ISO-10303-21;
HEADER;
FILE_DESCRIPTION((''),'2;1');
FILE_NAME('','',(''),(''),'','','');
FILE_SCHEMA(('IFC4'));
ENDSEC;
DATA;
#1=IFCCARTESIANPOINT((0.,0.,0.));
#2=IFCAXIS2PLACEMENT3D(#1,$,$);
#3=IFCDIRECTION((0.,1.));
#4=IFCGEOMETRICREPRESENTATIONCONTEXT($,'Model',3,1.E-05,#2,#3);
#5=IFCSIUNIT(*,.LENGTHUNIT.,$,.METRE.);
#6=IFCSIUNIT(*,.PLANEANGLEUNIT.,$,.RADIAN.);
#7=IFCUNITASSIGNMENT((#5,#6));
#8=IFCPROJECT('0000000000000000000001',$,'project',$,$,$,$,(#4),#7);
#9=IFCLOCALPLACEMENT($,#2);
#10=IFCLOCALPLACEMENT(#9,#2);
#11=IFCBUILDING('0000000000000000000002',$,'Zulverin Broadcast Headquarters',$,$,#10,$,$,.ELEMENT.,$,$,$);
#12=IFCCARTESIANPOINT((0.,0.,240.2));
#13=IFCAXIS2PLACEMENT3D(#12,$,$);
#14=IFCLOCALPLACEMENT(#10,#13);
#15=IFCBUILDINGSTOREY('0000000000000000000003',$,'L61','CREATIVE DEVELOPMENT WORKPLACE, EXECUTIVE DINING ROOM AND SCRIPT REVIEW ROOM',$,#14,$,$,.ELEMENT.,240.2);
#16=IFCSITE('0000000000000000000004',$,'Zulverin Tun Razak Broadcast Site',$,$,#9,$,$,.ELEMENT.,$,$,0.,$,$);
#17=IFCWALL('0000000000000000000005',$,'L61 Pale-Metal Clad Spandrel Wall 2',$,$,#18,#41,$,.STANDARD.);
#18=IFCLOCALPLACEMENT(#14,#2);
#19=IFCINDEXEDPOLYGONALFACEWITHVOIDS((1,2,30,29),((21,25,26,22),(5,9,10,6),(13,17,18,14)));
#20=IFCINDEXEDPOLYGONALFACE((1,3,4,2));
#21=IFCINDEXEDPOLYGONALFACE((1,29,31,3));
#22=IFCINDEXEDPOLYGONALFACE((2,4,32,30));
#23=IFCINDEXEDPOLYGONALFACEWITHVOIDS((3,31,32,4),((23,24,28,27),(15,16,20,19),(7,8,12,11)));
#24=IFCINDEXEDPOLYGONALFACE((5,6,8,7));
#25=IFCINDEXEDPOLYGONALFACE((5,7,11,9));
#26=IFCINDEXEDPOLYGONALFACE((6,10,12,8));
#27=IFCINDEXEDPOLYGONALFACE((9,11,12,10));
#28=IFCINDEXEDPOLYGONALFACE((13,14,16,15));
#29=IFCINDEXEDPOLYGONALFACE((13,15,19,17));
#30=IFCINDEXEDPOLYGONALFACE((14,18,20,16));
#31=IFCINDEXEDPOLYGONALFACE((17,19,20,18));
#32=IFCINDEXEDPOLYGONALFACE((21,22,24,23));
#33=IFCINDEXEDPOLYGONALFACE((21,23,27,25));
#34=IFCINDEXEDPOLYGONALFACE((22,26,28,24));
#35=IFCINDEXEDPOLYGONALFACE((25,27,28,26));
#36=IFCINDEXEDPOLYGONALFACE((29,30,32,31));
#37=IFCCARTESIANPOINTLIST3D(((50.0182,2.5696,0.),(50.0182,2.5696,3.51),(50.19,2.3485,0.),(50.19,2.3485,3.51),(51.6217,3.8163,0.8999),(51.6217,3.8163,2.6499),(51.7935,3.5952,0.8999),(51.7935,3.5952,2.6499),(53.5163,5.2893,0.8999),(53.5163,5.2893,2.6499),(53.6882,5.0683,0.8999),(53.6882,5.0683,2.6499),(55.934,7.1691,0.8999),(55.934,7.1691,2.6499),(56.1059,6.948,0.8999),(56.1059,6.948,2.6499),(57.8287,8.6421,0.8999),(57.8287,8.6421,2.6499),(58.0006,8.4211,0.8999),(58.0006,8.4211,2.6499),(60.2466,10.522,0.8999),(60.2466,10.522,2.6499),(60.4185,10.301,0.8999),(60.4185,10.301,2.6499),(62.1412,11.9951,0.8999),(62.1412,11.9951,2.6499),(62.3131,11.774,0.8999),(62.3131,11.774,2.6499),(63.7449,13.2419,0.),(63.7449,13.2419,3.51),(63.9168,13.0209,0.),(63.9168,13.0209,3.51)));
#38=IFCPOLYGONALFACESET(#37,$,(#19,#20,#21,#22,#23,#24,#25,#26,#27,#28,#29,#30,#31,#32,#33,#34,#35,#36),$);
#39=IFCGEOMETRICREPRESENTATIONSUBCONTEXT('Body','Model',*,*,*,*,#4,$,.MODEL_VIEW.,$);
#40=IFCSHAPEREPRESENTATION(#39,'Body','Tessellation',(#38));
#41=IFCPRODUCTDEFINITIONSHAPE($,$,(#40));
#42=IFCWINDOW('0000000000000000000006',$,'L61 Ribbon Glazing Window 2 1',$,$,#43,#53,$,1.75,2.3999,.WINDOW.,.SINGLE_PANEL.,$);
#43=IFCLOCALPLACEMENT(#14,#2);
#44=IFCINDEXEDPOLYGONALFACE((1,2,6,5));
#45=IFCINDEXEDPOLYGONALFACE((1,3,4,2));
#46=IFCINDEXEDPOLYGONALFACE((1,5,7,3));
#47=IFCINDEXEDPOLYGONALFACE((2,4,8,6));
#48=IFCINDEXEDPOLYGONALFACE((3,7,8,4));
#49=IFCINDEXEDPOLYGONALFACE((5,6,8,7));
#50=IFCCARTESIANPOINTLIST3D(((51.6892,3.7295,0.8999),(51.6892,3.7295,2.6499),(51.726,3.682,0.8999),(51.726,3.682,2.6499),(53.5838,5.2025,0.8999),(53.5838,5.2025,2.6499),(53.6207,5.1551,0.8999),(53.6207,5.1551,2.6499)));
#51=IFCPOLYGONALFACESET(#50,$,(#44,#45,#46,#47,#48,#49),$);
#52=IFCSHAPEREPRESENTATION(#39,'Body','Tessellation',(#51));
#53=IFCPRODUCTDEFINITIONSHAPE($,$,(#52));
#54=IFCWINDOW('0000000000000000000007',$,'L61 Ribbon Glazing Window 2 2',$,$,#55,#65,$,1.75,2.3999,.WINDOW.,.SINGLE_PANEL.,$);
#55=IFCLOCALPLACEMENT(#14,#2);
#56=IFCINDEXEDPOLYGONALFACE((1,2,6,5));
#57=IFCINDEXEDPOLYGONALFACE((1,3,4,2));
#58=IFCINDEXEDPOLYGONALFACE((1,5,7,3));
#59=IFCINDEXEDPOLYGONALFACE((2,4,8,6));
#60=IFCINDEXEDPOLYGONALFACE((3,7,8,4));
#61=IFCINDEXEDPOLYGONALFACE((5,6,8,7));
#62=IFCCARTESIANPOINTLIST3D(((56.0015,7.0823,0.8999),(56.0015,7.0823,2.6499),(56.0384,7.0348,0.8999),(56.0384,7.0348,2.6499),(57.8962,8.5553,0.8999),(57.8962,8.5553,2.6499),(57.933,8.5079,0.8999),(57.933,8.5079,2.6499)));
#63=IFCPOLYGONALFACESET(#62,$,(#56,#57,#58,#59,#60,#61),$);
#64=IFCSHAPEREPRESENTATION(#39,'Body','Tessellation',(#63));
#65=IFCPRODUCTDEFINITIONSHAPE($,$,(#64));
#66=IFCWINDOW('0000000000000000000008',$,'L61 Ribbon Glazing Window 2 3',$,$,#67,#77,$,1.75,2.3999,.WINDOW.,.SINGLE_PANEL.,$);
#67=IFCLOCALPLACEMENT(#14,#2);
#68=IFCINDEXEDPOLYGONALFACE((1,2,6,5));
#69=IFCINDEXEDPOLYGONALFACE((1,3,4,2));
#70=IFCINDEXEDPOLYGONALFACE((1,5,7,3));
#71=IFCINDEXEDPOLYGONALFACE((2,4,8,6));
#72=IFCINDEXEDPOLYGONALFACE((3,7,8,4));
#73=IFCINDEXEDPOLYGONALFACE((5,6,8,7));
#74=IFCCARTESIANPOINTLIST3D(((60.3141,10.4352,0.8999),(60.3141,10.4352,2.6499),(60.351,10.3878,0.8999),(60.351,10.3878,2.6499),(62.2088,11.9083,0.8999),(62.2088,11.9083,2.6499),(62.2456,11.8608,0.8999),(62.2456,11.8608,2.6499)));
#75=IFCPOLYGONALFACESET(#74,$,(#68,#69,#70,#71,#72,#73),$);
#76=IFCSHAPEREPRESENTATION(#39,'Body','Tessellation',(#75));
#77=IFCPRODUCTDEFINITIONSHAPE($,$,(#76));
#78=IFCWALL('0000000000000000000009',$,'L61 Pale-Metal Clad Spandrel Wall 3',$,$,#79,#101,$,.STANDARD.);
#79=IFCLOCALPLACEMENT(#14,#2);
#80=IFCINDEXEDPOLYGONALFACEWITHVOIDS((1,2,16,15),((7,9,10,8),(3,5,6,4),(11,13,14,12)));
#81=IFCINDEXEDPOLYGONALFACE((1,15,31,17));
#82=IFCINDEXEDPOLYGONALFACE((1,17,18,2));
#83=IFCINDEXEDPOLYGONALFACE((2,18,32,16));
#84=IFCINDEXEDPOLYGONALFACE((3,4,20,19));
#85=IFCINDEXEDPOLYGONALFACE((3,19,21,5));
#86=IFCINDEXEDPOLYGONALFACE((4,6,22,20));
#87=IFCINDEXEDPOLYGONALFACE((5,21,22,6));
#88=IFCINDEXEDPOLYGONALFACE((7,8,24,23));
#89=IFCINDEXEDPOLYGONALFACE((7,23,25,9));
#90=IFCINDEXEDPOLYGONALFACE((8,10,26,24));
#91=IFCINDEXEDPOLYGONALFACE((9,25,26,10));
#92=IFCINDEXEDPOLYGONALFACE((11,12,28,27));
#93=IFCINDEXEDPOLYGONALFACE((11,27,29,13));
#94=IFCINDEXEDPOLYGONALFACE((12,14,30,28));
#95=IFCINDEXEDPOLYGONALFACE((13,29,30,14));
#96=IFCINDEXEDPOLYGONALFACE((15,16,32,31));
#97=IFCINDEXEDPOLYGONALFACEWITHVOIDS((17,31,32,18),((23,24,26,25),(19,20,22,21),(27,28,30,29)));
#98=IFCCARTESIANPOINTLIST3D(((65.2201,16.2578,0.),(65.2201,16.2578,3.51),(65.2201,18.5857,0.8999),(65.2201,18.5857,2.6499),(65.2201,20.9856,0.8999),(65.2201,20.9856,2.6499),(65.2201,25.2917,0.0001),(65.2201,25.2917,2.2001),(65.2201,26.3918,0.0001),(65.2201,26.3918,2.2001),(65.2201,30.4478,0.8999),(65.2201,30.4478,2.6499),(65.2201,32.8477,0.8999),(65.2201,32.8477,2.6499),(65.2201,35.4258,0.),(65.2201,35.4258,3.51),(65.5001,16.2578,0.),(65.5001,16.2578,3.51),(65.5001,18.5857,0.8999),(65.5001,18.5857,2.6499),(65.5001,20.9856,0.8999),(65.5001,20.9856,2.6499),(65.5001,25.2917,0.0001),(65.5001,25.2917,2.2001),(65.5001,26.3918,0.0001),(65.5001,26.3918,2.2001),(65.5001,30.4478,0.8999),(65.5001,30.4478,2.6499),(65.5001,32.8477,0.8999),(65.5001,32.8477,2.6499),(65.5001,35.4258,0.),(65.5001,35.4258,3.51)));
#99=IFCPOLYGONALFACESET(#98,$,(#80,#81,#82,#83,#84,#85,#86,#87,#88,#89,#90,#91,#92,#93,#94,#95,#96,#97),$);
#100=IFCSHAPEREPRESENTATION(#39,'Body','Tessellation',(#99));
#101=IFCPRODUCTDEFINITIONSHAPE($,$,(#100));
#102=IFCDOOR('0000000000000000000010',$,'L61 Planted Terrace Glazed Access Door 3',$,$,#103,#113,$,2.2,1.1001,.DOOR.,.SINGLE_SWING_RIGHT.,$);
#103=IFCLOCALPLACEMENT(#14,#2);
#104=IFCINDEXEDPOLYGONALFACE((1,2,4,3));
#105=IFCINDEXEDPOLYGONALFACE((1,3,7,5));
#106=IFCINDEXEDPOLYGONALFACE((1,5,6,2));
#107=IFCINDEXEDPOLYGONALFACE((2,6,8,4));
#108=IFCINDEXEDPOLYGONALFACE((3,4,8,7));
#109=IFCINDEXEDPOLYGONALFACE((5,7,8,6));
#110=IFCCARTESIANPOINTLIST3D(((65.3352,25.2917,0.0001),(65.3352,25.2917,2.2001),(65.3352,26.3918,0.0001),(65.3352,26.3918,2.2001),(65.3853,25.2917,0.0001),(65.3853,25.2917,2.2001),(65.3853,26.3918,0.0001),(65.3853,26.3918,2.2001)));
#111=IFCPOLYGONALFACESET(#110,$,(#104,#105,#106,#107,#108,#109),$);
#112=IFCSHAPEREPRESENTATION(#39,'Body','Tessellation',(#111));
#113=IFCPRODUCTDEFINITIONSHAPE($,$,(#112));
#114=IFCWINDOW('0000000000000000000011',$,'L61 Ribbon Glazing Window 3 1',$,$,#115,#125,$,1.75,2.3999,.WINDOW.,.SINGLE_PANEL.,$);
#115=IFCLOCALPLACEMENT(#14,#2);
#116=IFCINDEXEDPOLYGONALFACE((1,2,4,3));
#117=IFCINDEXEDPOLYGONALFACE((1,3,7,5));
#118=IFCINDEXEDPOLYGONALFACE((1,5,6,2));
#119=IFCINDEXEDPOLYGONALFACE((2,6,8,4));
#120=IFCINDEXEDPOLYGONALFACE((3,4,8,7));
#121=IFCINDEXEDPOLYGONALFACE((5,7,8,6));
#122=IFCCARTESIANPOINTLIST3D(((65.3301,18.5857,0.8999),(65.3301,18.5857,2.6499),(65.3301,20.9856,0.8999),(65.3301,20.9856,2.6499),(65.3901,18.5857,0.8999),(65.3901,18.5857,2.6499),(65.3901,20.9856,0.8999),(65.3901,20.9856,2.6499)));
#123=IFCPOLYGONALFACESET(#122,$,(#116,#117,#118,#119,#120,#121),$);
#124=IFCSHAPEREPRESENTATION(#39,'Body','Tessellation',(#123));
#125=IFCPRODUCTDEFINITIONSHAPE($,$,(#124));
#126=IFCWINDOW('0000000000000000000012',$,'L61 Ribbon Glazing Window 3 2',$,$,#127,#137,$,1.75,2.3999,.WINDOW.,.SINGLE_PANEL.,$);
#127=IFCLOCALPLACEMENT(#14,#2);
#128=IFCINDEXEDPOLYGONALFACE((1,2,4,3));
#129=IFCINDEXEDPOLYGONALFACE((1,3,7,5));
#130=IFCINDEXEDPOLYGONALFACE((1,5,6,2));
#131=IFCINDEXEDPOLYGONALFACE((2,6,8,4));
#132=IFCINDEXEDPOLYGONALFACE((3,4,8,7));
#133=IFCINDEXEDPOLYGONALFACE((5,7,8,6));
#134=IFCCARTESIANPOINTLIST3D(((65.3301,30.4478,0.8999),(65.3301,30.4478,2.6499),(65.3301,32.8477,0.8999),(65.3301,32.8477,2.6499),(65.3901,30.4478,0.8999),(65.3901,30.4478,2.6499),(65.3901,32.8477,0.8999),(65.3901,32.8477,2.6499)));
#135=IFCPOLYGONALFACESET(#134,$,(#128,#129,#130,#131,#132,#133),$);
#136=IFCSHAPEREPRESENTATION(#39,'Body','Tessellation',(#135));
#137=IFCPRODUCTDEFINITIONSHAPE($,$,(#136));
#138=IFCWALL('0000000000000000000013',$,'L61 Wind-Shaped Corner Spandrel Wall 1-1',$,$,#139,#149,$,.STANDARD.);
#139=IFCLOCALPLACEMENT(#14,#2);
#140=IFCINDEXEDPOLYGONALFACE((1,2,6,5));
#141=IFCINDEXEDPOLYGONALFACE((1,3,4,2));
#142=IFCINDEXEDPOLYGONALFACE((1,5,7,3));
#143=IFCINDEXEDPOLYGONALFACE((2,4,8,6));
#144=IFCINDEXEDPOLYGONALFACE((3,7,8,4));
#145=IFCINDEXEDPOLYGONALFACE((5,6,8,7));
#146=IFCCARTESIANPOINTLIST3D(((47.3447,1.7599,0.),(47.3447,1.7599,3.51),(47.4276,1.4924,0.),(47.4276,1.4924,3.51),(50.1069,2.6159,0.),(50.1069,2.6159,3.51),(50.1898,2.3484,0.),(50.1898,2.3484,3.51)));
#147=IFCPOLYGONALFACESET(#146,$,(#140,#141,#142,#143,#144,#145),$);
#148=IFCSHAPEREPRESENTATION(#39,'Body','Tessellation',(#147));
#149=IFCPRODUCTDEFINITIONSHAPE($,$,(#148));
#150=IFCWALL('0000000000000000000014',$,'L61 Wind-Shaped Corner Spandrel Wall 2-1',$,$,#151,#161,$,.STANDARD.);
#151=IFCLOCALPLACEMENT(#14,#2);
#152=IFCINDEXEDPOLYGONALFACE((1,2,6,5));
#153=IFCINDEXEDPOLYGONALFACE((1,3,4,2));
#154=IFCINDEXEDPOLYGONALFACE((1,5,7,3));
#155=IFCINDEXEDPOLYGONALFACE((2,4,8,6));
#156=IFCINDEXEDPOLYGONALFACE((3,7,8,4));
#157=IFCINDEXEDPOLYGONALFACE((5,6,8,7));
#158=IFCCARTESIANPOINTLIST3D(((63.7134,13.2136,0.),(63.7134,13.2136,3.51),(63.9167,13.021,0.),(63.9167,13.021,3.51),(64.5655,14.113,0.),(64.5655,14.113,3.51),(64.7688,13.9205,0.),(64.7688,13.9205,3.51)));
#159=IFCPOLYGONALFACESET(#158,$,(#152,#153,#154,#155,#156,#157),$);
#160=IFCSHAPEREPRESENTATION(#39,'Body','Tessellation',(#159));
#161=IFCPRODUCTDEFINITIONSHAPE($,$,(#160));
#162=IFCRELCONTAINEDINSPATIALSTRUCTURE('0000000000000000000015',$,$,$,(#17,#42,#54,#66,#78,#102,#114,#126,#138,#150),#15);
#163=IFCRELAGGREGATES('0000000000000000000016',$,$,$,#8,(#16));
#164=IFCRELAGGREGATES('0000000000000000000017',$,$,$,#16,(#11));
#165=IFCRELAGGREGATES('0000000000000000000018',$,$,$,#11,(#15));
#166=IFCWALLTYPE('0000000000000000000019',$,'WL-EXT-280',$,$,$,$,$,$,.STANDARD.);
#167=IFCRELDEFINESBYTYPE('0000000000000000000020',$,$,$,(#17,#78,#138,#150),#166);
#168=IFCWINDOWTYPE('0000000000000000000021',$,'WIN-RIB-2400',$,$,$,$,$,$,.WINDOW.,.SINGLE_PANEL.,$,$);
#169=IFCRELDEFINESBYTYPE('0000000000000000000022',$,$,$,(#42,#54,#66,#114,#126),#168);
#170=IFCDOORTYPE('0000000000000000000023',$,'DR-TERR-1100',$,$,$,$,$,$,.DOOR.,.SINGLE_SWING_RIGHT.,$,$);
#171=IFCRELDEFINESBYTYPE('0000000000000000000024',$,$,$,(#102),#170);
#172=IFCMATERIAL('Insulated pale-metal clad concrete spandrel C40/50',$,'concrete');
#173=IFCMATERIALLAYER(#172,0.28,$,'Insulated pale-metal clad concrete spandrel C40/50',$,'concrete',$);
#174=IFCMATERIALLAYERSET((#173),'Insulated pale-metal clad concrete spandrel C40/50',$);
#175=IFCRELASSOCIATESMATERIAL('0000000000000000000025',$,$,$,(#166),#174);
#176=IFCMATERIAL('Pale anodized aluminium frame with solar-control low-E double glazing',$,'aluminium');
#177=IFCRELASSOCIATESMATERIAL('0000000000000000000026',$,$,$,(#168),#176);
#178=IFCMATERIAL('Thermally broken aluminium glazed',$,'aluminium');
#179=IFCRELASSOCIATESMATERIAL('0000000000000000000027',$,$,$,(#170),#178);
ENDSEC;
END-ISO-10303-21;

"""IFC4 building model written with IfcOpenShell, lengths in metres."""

from ifc_helpers import new_model, si_unit, direction, frame, frame_2d, origin, place, context, subcontext, project, spatial, rectangle, extrude, material, layer, layer_set, type_object, element, fill, save


model = new_model("IFC4")

# Units and contexts
model_context = context("Model", 3, precision=1e-05, world=origin(), true_north=direction((0.0, 1.0)))
body_context = subcontext(model_context, "Body", "Model", "MODEL_VIEW")
ifc_project = project(units=[si_unit("LENGTHUNIT", "METRE"), si_unit("PLANEANGLEUNIT", "RADIAN")], contexts=[model_context])

# Site, building, storey
site_placement = place(None, origin())
site = spatial("IfcSite", under=ifc_project, at=site_placement, Name="Zulverin Tun Razak Broadcast Site", CompositionType="ELEMENT", RefElevation=0.0)
building_placement = place(site_placement, origin())
building = spatial("IfcBuilding", under=site, at=building_placement, Name="Zulverin Broadcast Headquarters", CompositionType="ELEMENT")
storey_placement = place(building_placement, frame((0.0, 0.0, 240.2)))
storey = spatial("IfcBuildingStorey", under=building, at=storey_placement, Name="L61", Description="CREATIVE DEVELOPMENT WORKPLACE, EXECUTIVE DINING ROOM AND SCRIPT REVIEW ROOM", CompositionType="ELEMENT", Elevation=240.2)

# Wall, openings, windows
ifc_material_1 = material(Name="Insulated pale-metal clad concrete spandrel C40/50", Category="concrete")
ifc_layer_1 = layer(ifc_material_1, 0.28, Name="Insulated pale-metal clad concrete spandrel C40/50", Category="concrete")
ifc_layer_set_1 = layer_set([ifc_layer_1], Name="Insulated pale-metal clad concrete spandrel C40/50")
wall_type_1 = type_object("IfcWallType", Name="WL-EXT-280", PredefinedType="STANDARD", material=ifc_layer_set_1)
wall_1_placement = place(storey_placement, frame((50.104, 2.459, 0.0), z_axis=(0.0, 0.0, 1.0), x_axis=(0.789465, 0.613796, 0.0)))
wall_1 = element("IfcWall", 1, at=wall_1_placement, inside=storey, type_object=wall_type_1, Name="L61 Pale-Metal Clad Spandrel Wall 2", PredefinedType="STANDARD", context=body_context, shape_type="SweptSolid", body=[
    extrude(rectangle(XDim=17.3875, YDim=0.28, at=frame_2d((8.6938, 0.0))), origin(), (0.0, 0.0, 1.0), 3.51),
])
opening_1_placement = place(wall_1_placement, frame((2.0312, 0.0, 0.8999)))
opening_1 = element("IfcOpeningElement", 2, at=opening_1_placement, cuts=wall_1, PredefinedType="OPENING", context=body_context, shape_type="SweptSolid", body=[
    extrude(rectangle(XDim=2.3999, YDim=1.75, at=frame_2d((1.2, 0.875))), frame((0.0, 0.1499, 0.0), z_axis=(0.0, -1.0, 0.0), x_axis=(1.0, 0.0, 0.0)), (0.0, 0.0, 1.0), 0.3),
])
opening_2_placement = place(wall_1_placement, frame((7.4937, 0.0, 0.8999)))
opening_2 = element("IfcOpeningElement", 3, at=opening_2_placement, cuts=wall_1, PredefinedType="OPENING", context=body_context, shape_type="SweptSolid", body=[
    extrude(rectangle(XDim=2.3999, YDim=1.75, at=frame_2d((1.2, 0.875))), frame((0.0, 0.1499, 0.0), z_axis=(0.0, -1.0, 0.0), x_axis=(1.0, 0.0, 0.0)), (0.0, 0.0, 1.0), 0.3),
])
opening_3_placement = place(wall_1_placement, frame((12.9563, 0.0, 0.8999)))
opening_3 = element("IfcOpeningElement", 4, at=opening_3_placement, cuts=wall_1, PredefinedType="OPENING", context=body_context, shape_type="SweptSolid", body=[
    extrude(rectangle(XDim=2.3999, YDim=1.75, at=frame_2d((1.2, 0.875))), frame((0.0, 0.1499, 0.0), z_axis=(0.0, -1.0, 0.0), x_axis=(1.0, 0.0, 0.0)), (0.0, 0.0, 1.0), 0.3),
])
ifc_material_2 = material(Name="Pale anodized aluminium frame with solar-control low-E double glazing", Category="aluminium")
window_type = type_object("IfcWindowType", Name="WIN-RIB-2400", PartitioningType="SINGLE_PANEL", PredefinedType="WINDOW", material=ifc_material_2)
window_1_placement = place(opening_1_placement, origin())
window_1 = element("IfcWindow", 5, at=window_1_placement, inside=storey, type_object=window_type, Name="L61 Ribbon Glazing Window 2 1", OverallHeight=1.75, OverallWidth=2.3999, PartitioningType="SINGLE_PANEL", PredefinedType="WINDOW", context=body_context, shape_type="SweptSolid", body=[
    extrude(rectangle(XDim=2.3999, YDim=1.75, at=frame_2d((1.2, 0.875))), frame((0.0, 0.03, 0.0), z_axis=(0.0, -1.0, 0.0), x_axis=(1.0, 0.0, 0.0)), (0.0, 0.0, 1.0), 0.0601),
])
fill(opening_1, window_1)
window_2_placement = place(opening_2_placement, origin())
window_2 = element("IfcWindow", 6, at=window_2_placement, inside=storey, type_object=window_type, Name="L61 Ribbon Glazing Window 2 2", OverallHeight=1.75, OverallWidth=2.3999, PartitioningType="SINGLE_PANEL", PredefinedType="WINDOW", context=body_context, shape_type="SweptSolid", body=[
    extrude(rectangle(XDim=2.3999, YDim=1.75, at=frame_2d((1.2, 0.875))), frame((0.0, 0.03, 0.0), z_axis=(0.0, -1.0, 0.0), x_axis=(1.0, 0.0, 0.0)), (0.0, 0.0, 1.0), 0.0601),
])
fill(opening_2, window_2)
window_3_placement = place(opening_3_placement, origin())
window_3 = element("IfcWindow", 7, at=window_3_placement, inside=storey, type_object=window_type, Name="L61 Ribbon Glazing Window 2 3", OverallHeight=1.75, OverallWidth=2.3999, PartitioningType="SINGLE_PANEL", PredefinedType="WINDOW", context=body_context, shape_type="SweptSolid", body=[
    extrude(rectangle(XDim=2.3999, YDim=1.75, at=frame_2d((1.2, 0.875))), frame((0.0, 0.03, 0.0), z_axis=(0.0, -1.0, 0.0), x_axis=(1.0, 0.0, 0.0)), (0.0, 0.0, 1.0), 0.0601),
])
fill(opening_3, window_3)

# Wall, openings, door, windows
wall_2_placement = place(storey_placement, frame((65.3601, 16.2578, 0.0), z_axis=(0.0, 0.0, 1.0), x_axis=(0.0, 1.0, 0.0)))
wall_2 = element("IfcWall", 8, at=wall_2_placement, inside=storey, type_object=wall_type_1, Name="L61 Pale-Metal Clad Spandrel Wall 3", PredefinedType="STANDARD", context=body_context, shape_type="SweptSolid", body=[
    extrude(rectangle(XDim=19.168, YDim=0.28, at=frame_2d((9.584, 0.0))), origin(), (0.0, 0.0, 1.0), 3.51),
])
opening_4_placement = place(wall_2_placement, frame((9.0339, 0.0, 0.0)))
opening_4 = element("IfcOpeningElement", 9, at=opening_4_placement, cuts=wall_2, PredefinedType="OPENING", context=body_context, shape_type="SweptSolid", body=[
    extrude(rectangle(XDim=1.1001, YDim=2.2, at=frame_2d((0.55, 1.1001))), frame((0.0, 0.1499, 0.0), z_axis=(0.0, -1.0, 0.0), x_axis=(1.0, 0.0, 0.0)), (0.0, 0.0, 1.0), 0.3),
])
opening_5_placement = place(wall_2_placement, frame((2.3279, 0.0, 0.8999)))
opening_5 = element("IfcOpeningElement", 10, at=opening_5_placement, cuts=wall_2, PredefinedType="OPENING", context=body_context, shape_type="SweptSolid", body=[
    extrude(rectangle(XDim=2.3999, YDim=1.75, at=frame_2d((1.2, 0.875))), frame((0.0, 0.1499, 0.0), z_axis=(0.0, -1.0, 0.0), x_axis=(1.0, 0.0, 0.0)), (0.0, 0.0, 1.0), 0.3),
])
opening_6_placement = place(wall_2_placement, frame((14.1899, 0.0, 0.8999)))
opening_6 = element("IfcOpeningElement", 11, at=opening_6_placement, cuts=wall_2, PredefinedType="OPENING", context=body_context, shape_type="SweptSolid", body=[
    extrude(rectangle(XDim=2.3999, YDim=1.75, at=frame_2d((1.2, 0.875))), frame((0.0, 0.1499, 0.0), z_axis=(0.0, -1.0, 0.0), x_axis=(1.0, 0.0, 0.0)), (0.0, 0.0, 1.0), 0.3),
])
ifc_material_3 = material(Name="Thermally broken aluminium glazed", Category="aluminium")
door_type = type_object("IfcDoorType", Name="DR-TERR-1100", OperationType="SINGLE_SWING_RIGHT", PredefinedType="DOOR", material=ifc_material_3)
door_placement = place(opening_4_placement, origin())
door = element("IfcDoor", 12, at=door_placement, inside=storey, type_object=door_type, Name="L61 Planted Terrace Glazed Access Door 3", OperationType="SINGLE_SWING_RIGHT", OverallHeight=2.2, OverallWidth=1.1001, PredefinedType="DOOR", context=body_context, shape_type="SweptSolid", body=[
    extrude(rectangle(XDim=1.1001, YDim=2.2, at=frame_2d((0.55, 1.1001))), frame((0.0, 0.0249, 0.0), z_axis=(0.0, -1.0, 0.0), x_axis=(1.0, 0.0, 0.0)), (0.0, 0.0, 1.0), 0.05),
])
fill(opening_4, door)
window_4_placement = place(opening_5_placement, origin())
window_4 = element("IfcWindow", 13, at=window_4_placement, inside=storey, type_object=window_type, Name="L61 Ribbon Glazing Window 3 1", OverallHeight=1.75, OverallWidth=2.3999, PartitioningType="SINGLE_PANEL", PredefinedType="WINDOW", context=body_context, shape_type="SweptSolid", body=[
    extrude(rectangle(XDim=2.3999, YDim=1.75, at=frame_2d((1.2, 0.875))), frame((0.0, 0.03, 0.0), z_axis=(0.0, -1.0, 0.0), x_axis=(1.0, 0.0, 0.0)), (0.0, 0.0, 1.0), 0.0601),
])
fill(opening_5, window_4)
window_5_placement = place(opening_6_placement, origin())
window_5 = element("IfcWindow", 14, at=window_5_placement, inside=storey, type_object=window_type, Name="L61 Ribbon Glazing Window 3 2", OverallHeight=1.75, OverallWidth=2.3999, PartitioningType="SINGLE_PANEL", PredefinedType="WINDOW", context=body_context, shape_type="SweptSolid", body=[
    extrude(rectangle(XDim=2.3999, YDim=1.75, at=frame_2d((1.2, 0.875))), frame((0.0, 0.03, 0.0), z_axis=(0.0, -1.0, 0.0), x_axis=(1.0, 0.0, 0.0)), (0.0, 0.0, 1.0), 0.0601),
])
fill(opening_6, window_5)

# Walls
wall_3_placement = place(storey_placement, frame((47.3862, 1.6262, 0.0), z_axis=(0.0, 0.0, 1.0), x_axis=(0.955189, 0.295996, 0.0)))
element("IfcWall", 15, at=wall_3_placement, inside=storey, type_object=wall_type_1, Name="L61 Wind-Shaped Corner Spandrel Wall 1-1", PredefinedType="STANDARD", context=body_context, shape_type="SweptSolid", body=[
    extrude(rectangle(XDim=2.8918, YDim=0.28, at=frame_2d((1.4458, 0.0))), origin(), (0.0, 0.0, 1.0), 3.51),
])
wall_4_placement = place(storey_placement, frame((63.8149, 13.1172, 0.0), z_axis=(0.0, 0.0, 1.0), x_axis=(0.687734, 0.725963, 0.0)))
element("IfcWall", 16, at=wall_4_placement, inside=storey, type_object=wall_type_1, Name="L61 Wind-Shaped Corner Spandrel Wall 2-1", PredefinedType="STANDARD", context=body_context, shape_type="SweptSolid", body=[
    extrude(rectangle(XDim=1.239, YDim=0.28, at=frame_2d((0.6196, 0.0))), origin(), (0.0, 0.0, 1.0), 3.51),
])

save(model, "model.ifc")
